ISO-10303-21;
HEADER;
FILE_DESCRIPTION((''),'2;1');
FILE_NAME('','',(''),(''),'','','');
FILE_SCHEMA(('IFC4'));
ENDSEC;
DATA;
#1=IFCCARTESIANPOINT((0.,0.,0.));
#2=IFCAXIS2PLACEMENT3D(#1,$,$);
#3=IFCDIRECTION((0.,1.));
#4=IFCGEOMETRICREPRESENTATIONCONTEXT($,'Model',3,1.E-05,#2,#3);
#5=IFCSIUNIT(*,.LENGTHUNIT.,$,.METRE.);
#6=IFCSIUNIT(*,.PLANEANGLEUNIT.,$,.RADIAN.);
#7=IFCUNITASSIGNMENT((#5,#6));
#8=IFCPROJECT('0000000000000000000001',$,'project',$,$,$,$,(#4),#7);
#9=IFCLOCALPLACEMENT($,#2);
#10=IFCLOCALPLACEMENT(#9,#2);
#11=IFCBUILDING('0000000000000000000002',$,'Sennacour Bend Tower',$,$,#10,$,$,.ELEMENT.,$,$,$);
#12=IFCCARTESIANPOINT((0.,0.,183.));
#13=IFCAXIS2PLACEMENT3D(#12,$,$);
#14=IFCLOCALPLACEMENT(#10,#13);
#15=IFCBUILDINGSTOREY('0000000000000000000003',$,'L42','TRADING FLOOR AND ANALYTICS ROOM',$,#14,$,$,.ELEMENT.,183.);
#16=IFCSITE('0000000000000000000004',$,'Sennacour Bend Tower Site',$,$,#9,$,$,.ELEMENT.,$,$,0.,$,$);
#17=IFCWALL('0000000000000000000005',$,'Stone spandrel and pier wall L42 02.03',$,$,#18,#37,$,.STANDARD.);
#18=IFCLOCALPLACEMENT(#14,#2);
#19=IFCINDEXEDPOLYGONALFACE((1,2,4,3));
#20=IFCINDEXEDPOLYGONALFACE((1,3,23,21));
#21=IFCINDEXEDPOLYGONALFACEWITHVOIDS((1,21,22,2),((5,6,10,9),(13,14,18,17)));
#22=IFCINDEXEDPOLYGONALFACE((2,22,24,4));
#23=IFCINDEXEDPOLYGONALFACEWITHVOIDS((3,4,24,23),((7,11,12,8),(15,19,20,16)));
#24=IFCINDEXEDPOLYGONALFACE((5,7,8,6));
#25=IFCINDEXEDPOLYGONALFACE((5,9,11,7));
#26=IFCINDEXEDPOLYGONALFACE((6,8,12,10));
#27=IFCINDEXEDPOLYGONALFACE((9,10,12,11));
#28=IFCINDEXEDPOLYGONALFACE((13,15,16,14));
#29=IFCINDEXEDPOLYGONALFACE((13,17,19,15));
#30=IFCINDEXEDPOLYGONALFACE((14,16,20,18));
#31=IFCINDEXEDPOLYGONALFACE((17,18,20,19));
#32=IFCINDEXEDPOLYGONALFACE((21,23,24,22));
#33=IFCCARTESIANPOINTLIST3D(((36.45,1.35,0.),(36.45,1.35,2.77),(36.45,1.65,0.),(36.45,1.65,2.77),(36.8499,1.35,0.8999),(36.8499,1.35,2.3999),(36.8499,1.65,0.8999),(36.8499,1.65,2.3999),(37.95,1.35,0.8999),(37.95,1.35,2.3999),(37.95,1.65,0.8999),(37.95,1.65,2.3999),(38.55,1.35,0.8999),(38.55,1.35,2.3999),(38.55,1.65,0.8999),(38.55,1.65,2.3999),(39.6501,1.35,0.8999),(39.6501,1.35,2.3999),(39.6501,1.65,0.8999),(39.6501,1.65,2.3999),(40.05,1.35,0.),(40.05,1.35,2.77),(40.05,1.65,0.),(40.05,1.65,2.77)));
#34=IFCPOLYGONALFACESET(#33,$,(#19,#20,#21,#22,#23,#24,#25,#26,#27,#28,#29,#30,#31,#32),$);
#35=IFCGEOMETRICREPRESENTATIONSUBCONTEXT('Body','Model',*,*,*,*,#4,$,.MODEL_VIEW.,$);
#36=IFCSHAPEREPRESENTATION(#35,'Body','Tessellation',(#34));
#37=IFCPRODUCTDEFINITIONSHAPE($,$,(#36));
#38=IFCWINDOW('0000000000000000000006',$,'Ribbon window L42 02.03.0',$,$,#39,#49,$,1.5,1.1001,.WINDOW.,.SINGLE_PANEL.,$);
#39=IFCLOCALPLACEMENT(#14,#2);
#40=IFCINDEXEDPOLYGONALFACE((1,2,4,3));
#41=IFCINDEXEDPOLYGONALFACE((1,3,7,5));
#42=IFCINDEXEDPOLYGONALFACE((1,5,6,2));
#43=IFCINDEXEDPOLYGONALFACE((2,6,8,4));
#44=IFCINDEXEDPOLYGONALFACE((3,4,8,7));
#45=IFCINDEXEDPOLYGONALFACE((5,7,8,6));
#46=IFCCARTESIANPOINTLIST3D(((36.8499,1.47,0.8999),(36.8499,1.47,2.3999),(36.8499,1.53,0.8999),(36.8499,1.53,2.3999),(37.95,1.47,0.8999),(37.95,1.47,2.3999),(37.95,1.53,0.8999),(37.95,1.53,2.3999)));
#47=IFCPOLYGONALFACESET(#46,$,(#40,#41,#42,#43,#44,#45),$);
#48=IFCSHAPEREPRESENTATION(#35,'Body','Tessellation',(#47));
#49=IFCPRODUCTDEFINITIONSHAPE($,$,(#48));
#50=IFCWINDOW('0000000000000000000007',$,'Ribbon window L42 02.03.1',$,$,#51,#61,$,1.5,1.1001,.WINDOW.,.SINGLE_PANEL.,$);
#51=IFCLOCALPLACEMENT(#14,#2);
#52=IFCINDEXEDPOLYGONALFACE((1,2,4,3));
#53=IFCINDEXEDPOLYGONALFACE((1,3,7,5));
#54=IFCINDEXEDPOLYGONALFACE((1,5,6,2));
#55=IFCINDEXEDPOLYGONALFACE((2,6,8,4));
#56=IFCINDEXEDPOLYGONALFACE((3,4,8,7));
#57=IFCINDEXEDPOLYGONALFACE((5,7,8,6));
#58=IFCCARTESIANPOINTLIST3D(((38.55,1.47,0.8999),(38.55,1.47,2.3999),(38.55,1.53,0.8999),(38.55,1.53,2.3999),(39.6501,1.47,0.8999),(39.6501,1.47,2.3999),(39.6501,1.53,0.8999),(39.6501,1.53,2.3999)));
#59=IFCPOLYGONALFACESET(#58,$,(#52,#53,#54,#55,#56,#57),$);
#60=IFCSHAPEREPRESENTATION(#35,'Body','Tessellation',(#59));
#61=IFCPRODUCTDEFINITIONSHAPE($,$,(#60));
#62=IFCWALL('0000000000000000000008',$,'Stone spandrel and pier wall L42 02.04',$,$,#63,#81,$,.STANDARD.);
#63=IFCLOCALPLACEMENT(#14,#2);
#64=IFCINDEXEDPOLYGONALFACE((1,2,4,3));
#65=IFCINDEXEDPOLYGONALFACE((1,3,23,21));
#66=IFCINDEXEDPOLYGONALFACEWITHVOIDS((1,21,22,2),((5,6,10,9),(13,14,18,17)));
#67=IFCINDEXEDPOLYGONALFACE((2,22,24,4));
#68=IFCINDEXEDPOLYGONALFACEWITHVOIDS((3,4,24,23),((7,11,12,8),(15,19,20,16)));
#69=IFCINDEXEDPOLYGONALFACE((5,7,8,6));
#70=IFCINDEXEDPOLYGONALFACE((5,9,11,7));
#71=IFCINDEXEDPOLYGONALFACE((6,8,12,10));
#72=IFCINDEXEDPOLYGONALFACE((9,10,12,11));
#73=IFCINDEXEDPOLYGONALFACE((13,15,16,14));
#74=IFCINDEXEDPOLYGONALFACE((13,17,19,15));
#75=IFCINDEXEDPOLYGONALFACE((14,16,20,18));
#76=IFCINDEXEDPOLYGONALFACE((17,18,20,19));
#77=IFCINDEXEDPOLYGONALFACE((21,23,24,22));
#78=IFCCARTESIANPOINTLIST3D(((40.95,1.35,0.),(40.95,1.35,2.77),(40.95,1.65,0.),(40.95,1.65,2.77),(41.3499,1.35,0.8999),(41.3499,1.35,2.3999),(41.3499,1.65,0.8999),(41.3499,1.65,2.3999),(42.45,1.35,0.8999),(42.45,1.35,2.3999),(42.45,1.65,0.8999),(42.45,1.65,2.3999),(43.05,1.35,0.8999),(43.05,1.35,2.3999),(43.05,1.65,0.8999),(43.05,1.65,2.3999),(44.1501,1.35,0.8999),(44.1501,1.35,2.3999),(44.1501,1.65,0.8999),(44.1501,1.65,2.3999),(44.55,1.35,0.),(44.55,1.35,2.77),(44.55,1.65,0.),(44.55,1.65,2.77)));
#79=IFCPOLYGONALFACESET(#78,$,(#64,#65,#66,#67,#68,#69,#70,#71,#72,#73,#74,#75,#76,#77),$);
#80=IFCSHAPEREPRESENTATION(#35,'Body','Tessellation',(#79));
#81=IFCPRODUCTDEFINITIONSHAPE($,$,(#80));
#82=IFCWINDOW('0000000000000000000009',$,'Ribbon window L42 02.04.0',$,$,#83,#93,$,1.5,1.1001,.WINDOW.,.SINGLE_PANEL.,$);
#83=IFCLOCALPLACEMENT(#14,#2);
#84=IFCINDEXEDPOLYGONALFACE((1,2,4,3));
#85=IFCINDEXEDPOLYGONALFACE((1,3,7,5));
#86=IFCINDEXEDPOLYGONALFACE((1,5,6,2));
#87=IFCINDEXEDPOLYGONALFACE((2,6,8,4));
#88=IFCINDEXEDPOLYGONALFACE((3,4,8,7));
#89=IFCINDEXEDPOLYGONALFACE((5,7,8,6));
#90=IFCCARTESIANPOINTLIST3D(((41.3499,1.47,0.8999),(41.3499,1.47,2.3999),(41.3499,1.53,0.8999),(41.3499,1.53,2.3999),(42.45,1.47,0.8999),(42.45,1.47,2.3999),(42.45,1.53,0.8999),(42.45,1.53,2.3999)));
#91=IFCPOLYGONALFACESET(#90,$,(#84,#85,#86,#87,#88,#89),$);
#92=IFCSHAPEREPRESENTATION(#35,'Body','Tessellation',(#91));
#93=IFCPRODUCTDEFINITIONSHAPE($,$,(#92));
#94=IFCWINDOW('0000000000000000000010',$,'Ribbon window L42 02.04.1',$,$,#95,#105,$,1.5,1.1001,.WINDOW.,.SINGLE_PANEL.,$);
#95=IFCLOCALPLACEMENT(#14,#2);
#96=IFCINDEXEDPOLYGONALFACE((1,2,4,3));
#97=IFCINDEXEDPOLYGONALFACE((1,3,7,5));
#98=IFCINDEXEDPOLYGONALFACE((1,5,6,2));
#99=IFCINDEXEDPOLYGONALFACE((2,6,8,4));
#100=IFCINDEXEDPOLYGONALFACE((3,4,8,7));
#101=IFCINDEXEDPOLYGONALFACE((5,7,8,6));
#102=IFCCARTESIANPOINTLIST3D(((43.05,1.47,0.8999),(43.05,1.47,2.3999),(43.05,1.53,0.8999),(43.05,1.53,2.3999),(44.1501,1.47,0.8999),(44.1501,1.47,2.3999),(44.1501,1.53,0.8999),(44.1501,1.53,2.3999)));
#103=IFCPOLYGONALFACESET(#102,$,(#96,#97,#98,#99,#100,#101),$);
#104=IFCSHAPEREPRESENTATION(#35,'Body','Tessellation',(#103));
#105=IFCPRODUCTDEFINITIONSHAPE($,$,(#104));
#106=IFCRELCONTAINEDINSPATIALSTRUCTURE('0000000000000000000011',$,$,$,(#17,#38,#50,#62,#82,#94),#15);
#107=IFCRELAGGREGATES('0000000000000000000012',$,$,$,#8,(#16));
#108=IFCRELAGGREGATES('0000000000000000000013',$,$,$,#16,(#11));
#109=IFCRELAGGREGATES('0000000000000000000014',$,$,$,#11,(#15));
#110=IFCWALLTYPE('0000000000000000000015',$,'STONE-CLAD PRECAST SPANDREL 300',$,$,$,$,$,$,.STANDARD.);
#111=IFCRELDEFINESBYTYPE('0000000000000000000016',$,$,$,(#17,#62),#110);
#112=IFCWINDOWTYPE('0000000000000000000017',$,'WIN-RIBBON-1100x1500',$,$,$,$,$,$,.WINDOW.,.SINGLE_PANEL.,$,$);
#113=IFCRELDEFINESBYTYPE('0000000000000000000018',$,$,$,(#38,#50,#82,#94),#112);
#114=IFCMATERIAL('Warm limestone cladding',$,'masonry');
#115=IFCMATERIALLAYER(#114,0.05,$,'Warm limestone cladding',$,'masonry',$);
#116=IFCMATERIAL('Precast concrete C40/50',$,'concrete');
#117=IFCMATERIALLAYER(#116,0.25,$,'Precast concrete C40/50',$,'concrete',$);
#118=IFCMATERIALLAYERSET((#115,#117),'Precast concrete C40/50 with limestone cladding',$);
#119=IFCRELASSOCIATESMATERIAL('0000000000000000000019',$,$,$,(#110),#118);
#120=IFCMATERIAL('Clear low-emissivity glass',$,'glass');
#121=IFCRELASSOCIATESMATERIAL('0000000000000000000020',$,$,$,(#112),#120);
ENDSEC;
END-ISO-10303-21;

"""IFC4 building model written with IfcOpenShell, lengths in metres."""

from ifc_helpers import new_model, si_unit, direction, frame, frame_2d, origin, place, context, subcontext, project, spatial, rectangle, extrude, material, layer, layer_set, type_object, element, fill, save


model = new_model("IFC4")

# Units and contexts
model_context = context("Model", 3, precision=1e-05, world=origin(), true_north=direction((0.0, 1.0)))
body_context = subcontext(model_context, "Body", "Model", "MODEL_VIEW")
ifc_project = project(units=[si_unit("LENGTHUNIT", "METRE"), si_unit("PLANEANGLEUNIT", "RADIAN")], contexts=[model_context])

# Site, building, storey
site_placement = place(None, origin())
site = spatial("IfcSite", under=ifc_project, at=site_placement, Name="Sennacour Bend Tower Site", CompositionType="ELEMENT", RefElevation=0.0)
building_placement = place(site_placement, origin())
building = spatial("IfcBuilding", under=site, at=building_placement, Name="Sennacour Bend Tower", CompositionType="ELEMENT")
storey_placement = place(building_placement, frame((0.0, 0.0, 183.0)))
storey = spatial("IfcBuildingStorey", under=building, at=storey_placement, Name="L42", Description="TRADING FLOOR AND ANALYTICS ROOM", CompositionType="ELEMENT", Elevation=183.0)

# Walls, openings, windows
ifc_material_1 = material(Name="Warm limestone cladding", Category="masonry")
ifc_layer_1 = layer(ifc_material_1, 0.05, Name="Warm limestone cladding", Category="masonry")
ifc_material_2 = material(Name="Precast concrete C40/50", Category="concrete")
ifc_layer_2 = layer(ifc_material_2, 0.25, Name="Precast concrete C40/50", Category="concrete")
ifc_layer_set_1 = layer_set([ifc_layer_1, ifc_layer_2], Name="Precast concrete C40/50 with limestone cladding")
wall_type_1 = type_object("IfcWallType", Name="STONE-CLAD PRECAST SPANDREL 300", PredefinedType="STANDARD", material=ifc_layer_set_1)
wall_1_placement = place(storey_placement, frame((36.45, 1.5, 0.0), z_axis=(0.0, 0.0, 1.0), x_axis=(1.0, 0.0, 0.0)))
wall_1 = element("IfcWall", 1, at=wall_1_placement, inside=storey, type_object=wall_type_1, Name="Stone spandrel and pier wall L42 02.03", PredefinedType="STANDARD", context=body_context, shape_type="SweptSolid", body=[
    extrude(rectangle(XDim=3.6001, YDim=0.3, at=frame_2d((1.8, 0.0))), origin(), (0.0, 0.0, 1.0), 2.77),
])
opening_1_placement = place(wall_1_placement, frame((0.3999, 0.0, 0.8999)))
opening_1 = element("IfcOpeningElement", 2, at=opening_1_placement, cuts=wall_1, PredefinedType="OPENING", context=body_context, shape_type="SweptSolid", body=[
    extrude(rectangle(XDim=1.1001, YDim=1.5, at=frame_2d((0.55, 0.75))), frame((0.0, 0.1602, 0.0), z_axis=(0.0, -1.0, 0.0), x_axis=(1.0, 0.0, 0.0)), (0.0, 0.0, 1.0), 0.3201),
])
opening_2_placement = place(wall_1_placement, frame((2.1001, 0.0, 0.8999)))
opening_2 = element("IfcOpeningElement", 3, at=opening_2_placement, cuts=wall_1, PredefinedType="OPENING", context=body_context, shape_type="SweptSolid", body=[
    extrude(rectangle(XDim=1.1001, YDim=1.5, at=frame_2d((0.55, 0.75))), frame((0.0, 0.1602, 0.0), z_axis=(0.0, -1.0, 0.0), x_axis=(1.0, 0.0, 0.0)), (0.0, 0.0, 1.0), 0.3201),
])
ifc_material_3 = material(Name="Clear low-emissivity glass", Category="glass")
window_type = type_object("IfcWindowType", Name="WIN-RIBBON-1100x1500", PartitioningType="SINGLE_PANEL", PredefinedType="WINDOW", material=ifc_material_3)
window_1_placement = place(opening_1_placement, origin())
window_1 = element("IfcWindow", 4, at=window_1_placement, inside=storey, type_object=window_type, Name="Ribbon window L42 02.03.0", OverallHeight=1.5, OverallWidth=1.1001, PartitioningType="SINGLE_PANEL", PredefinedType="WINDOW", context=body_context, shape_type="SweptSolid", body=[
    extrude(rectangle(XDim=1.1001, YDim=1.5, at=frame_2d((0.55, 0.75))), frame((0.0, 0.03, 0.0), z_axis=(0.0, -1.0, 0.0), x_axis=(1.0, 0.0, 0.0)), (0.0, 0.0, 1.0), 0.0601),
])
fill(opening_1, window_1)
window_2_placement = place(opening_2_placement, origin())
window_2 = element("IfcWindow", 5, at=window_2_placement, inside=storey, type_object=window_type, Name="Ribbon window L42 02.03.1", OverallHeight=1.5, OverallWidth=1.1001, PartitioningType="SINGLE_PANEL", PredefinedType="WINDOW", context=body_context, shape_type="SweptSolid", body=[
    extrude(rectangle(XDim=1.1001, YDim=1.5, at=frame_2d((0.55, 0.75))), frame((0.0, 0.03, 0.0), z_axis=(0.0, -1.0, 0.0), x_axis=(1.0, 0.0, 0.0)), (0.0, 0.0, 1.0), 0.0601),
])
fill(opening_2, window_2)
wall_2_placement = place(storey_placement, frame((40.95, 1.5, 0.0), z_axis=(0.0, 0.0, 1.0), x_axis=(1.0, 0.0, 0.0)))
wall_2 = element("IfcWall", 6, at=wall_2_placement, inside=storey, type_object=wall_type_1, Name="Stone spandrel and pier wall L42 02.04", PredefinedType="STANDARD", context=body_context, shape_type="SweptSolid", body=[
    extrude(rectangle(XDim=3.6001, YDim=0.3, at=frame_2d((1.8, 0.0))), origin(), (0.0, 0.0, 1.0), 2.77),
])
opening_3_placement = place(wall_2_placement, frame((0.3999, 0.0, 0.8999)))
opening_3 = element("IfcOpeningElement", 7, at=opening_3_placement, cuts=wall_2, PredefinedType="OPENING", context=body_context, shape_type="SweptSolid", body=[
    extrude(rectangle(XDim=1.1001, YDim=1.5, at=frame_2d((0.55, 0.75))), frame((0.0, 0.1602, 0.0), z_axis=(0.0, -1.0, 0.0), x_axis=(1.0, 0.0, 0.0)), (0.0, 0.0, 1.0), 0.3201),
])
opening_4_placement = place(wall_2_placement, frame((2.1001, 0.0, 0.8999)))
opening_4 = element("IfcOpeningElement", 8, at=opening_4_placement, cuts=wall_2, PredefinedType="OPENING", context=body_context, shape_type="SweptSolid", body=[
    extrude(rectangle(XDim=1.1001, YDim=1.5, at=frame_2d((0.55, 0.75))), frame((0.0, 0.1602, 0.0), z_axis=(0.0, -1.0, 0.0), x_axis=(1.0, 0.0, 0.0)), (0.0, 0.0, 1.0), 0.3201),
])
window_3_placement = place(opening_3_placement, origin())
window_3 = element("IfcWindow", 9, at=window_3_placement, inside=storey, type_object=window_type, Name="Ribbon window L42 02.04.0", OverallHeight=1.5, OverallWidth=1.1001, PartitioningType="SINGLE_PANEL", PredefinedType="WINDOW", context=body_context, shape_type="SweptSolid", body=[
    extrude(rectangle(XDim=1.1001, YDim=1.5, at=frame_2d((0.55, 0.75))), frame((0.0, 0.03, 0.0), z_axis=(0.0, -1.0, 0.0), x_axis=(1.0, 0.0, 0.0)), (0.0, 0.0, 1.0), 0.0601),
])
fill(opening_3, window_3)
window_4_placement = place(opening_4_placement, origin())
window_4 = element("IfcWindow", 10, at=window_4_placement, inside=storey, type_object=window_type, Name="Ribbon window L42 02.04.1", OverallHeight=1.5, OverallWidth=1.1001, PartitioningType="SINGLE_PANEL", PredefinedType="WINDOW", context=body_context, shape_type="SweptSolid", body=[
    extrude(rectangle(XDim=1.1001, YDim=1.5, at=frame_2d((0.55, 0.75))), frame((0.0, 0.03, 0.0), z_axis=(0.0, -1.0, 0.0), x_axis=(1.0, 0.0, 0.0)), (0.0, 0.0, 1.0), 0.0601),
])
fill(opening_4, window_4)

save(model, "model.ifc")
